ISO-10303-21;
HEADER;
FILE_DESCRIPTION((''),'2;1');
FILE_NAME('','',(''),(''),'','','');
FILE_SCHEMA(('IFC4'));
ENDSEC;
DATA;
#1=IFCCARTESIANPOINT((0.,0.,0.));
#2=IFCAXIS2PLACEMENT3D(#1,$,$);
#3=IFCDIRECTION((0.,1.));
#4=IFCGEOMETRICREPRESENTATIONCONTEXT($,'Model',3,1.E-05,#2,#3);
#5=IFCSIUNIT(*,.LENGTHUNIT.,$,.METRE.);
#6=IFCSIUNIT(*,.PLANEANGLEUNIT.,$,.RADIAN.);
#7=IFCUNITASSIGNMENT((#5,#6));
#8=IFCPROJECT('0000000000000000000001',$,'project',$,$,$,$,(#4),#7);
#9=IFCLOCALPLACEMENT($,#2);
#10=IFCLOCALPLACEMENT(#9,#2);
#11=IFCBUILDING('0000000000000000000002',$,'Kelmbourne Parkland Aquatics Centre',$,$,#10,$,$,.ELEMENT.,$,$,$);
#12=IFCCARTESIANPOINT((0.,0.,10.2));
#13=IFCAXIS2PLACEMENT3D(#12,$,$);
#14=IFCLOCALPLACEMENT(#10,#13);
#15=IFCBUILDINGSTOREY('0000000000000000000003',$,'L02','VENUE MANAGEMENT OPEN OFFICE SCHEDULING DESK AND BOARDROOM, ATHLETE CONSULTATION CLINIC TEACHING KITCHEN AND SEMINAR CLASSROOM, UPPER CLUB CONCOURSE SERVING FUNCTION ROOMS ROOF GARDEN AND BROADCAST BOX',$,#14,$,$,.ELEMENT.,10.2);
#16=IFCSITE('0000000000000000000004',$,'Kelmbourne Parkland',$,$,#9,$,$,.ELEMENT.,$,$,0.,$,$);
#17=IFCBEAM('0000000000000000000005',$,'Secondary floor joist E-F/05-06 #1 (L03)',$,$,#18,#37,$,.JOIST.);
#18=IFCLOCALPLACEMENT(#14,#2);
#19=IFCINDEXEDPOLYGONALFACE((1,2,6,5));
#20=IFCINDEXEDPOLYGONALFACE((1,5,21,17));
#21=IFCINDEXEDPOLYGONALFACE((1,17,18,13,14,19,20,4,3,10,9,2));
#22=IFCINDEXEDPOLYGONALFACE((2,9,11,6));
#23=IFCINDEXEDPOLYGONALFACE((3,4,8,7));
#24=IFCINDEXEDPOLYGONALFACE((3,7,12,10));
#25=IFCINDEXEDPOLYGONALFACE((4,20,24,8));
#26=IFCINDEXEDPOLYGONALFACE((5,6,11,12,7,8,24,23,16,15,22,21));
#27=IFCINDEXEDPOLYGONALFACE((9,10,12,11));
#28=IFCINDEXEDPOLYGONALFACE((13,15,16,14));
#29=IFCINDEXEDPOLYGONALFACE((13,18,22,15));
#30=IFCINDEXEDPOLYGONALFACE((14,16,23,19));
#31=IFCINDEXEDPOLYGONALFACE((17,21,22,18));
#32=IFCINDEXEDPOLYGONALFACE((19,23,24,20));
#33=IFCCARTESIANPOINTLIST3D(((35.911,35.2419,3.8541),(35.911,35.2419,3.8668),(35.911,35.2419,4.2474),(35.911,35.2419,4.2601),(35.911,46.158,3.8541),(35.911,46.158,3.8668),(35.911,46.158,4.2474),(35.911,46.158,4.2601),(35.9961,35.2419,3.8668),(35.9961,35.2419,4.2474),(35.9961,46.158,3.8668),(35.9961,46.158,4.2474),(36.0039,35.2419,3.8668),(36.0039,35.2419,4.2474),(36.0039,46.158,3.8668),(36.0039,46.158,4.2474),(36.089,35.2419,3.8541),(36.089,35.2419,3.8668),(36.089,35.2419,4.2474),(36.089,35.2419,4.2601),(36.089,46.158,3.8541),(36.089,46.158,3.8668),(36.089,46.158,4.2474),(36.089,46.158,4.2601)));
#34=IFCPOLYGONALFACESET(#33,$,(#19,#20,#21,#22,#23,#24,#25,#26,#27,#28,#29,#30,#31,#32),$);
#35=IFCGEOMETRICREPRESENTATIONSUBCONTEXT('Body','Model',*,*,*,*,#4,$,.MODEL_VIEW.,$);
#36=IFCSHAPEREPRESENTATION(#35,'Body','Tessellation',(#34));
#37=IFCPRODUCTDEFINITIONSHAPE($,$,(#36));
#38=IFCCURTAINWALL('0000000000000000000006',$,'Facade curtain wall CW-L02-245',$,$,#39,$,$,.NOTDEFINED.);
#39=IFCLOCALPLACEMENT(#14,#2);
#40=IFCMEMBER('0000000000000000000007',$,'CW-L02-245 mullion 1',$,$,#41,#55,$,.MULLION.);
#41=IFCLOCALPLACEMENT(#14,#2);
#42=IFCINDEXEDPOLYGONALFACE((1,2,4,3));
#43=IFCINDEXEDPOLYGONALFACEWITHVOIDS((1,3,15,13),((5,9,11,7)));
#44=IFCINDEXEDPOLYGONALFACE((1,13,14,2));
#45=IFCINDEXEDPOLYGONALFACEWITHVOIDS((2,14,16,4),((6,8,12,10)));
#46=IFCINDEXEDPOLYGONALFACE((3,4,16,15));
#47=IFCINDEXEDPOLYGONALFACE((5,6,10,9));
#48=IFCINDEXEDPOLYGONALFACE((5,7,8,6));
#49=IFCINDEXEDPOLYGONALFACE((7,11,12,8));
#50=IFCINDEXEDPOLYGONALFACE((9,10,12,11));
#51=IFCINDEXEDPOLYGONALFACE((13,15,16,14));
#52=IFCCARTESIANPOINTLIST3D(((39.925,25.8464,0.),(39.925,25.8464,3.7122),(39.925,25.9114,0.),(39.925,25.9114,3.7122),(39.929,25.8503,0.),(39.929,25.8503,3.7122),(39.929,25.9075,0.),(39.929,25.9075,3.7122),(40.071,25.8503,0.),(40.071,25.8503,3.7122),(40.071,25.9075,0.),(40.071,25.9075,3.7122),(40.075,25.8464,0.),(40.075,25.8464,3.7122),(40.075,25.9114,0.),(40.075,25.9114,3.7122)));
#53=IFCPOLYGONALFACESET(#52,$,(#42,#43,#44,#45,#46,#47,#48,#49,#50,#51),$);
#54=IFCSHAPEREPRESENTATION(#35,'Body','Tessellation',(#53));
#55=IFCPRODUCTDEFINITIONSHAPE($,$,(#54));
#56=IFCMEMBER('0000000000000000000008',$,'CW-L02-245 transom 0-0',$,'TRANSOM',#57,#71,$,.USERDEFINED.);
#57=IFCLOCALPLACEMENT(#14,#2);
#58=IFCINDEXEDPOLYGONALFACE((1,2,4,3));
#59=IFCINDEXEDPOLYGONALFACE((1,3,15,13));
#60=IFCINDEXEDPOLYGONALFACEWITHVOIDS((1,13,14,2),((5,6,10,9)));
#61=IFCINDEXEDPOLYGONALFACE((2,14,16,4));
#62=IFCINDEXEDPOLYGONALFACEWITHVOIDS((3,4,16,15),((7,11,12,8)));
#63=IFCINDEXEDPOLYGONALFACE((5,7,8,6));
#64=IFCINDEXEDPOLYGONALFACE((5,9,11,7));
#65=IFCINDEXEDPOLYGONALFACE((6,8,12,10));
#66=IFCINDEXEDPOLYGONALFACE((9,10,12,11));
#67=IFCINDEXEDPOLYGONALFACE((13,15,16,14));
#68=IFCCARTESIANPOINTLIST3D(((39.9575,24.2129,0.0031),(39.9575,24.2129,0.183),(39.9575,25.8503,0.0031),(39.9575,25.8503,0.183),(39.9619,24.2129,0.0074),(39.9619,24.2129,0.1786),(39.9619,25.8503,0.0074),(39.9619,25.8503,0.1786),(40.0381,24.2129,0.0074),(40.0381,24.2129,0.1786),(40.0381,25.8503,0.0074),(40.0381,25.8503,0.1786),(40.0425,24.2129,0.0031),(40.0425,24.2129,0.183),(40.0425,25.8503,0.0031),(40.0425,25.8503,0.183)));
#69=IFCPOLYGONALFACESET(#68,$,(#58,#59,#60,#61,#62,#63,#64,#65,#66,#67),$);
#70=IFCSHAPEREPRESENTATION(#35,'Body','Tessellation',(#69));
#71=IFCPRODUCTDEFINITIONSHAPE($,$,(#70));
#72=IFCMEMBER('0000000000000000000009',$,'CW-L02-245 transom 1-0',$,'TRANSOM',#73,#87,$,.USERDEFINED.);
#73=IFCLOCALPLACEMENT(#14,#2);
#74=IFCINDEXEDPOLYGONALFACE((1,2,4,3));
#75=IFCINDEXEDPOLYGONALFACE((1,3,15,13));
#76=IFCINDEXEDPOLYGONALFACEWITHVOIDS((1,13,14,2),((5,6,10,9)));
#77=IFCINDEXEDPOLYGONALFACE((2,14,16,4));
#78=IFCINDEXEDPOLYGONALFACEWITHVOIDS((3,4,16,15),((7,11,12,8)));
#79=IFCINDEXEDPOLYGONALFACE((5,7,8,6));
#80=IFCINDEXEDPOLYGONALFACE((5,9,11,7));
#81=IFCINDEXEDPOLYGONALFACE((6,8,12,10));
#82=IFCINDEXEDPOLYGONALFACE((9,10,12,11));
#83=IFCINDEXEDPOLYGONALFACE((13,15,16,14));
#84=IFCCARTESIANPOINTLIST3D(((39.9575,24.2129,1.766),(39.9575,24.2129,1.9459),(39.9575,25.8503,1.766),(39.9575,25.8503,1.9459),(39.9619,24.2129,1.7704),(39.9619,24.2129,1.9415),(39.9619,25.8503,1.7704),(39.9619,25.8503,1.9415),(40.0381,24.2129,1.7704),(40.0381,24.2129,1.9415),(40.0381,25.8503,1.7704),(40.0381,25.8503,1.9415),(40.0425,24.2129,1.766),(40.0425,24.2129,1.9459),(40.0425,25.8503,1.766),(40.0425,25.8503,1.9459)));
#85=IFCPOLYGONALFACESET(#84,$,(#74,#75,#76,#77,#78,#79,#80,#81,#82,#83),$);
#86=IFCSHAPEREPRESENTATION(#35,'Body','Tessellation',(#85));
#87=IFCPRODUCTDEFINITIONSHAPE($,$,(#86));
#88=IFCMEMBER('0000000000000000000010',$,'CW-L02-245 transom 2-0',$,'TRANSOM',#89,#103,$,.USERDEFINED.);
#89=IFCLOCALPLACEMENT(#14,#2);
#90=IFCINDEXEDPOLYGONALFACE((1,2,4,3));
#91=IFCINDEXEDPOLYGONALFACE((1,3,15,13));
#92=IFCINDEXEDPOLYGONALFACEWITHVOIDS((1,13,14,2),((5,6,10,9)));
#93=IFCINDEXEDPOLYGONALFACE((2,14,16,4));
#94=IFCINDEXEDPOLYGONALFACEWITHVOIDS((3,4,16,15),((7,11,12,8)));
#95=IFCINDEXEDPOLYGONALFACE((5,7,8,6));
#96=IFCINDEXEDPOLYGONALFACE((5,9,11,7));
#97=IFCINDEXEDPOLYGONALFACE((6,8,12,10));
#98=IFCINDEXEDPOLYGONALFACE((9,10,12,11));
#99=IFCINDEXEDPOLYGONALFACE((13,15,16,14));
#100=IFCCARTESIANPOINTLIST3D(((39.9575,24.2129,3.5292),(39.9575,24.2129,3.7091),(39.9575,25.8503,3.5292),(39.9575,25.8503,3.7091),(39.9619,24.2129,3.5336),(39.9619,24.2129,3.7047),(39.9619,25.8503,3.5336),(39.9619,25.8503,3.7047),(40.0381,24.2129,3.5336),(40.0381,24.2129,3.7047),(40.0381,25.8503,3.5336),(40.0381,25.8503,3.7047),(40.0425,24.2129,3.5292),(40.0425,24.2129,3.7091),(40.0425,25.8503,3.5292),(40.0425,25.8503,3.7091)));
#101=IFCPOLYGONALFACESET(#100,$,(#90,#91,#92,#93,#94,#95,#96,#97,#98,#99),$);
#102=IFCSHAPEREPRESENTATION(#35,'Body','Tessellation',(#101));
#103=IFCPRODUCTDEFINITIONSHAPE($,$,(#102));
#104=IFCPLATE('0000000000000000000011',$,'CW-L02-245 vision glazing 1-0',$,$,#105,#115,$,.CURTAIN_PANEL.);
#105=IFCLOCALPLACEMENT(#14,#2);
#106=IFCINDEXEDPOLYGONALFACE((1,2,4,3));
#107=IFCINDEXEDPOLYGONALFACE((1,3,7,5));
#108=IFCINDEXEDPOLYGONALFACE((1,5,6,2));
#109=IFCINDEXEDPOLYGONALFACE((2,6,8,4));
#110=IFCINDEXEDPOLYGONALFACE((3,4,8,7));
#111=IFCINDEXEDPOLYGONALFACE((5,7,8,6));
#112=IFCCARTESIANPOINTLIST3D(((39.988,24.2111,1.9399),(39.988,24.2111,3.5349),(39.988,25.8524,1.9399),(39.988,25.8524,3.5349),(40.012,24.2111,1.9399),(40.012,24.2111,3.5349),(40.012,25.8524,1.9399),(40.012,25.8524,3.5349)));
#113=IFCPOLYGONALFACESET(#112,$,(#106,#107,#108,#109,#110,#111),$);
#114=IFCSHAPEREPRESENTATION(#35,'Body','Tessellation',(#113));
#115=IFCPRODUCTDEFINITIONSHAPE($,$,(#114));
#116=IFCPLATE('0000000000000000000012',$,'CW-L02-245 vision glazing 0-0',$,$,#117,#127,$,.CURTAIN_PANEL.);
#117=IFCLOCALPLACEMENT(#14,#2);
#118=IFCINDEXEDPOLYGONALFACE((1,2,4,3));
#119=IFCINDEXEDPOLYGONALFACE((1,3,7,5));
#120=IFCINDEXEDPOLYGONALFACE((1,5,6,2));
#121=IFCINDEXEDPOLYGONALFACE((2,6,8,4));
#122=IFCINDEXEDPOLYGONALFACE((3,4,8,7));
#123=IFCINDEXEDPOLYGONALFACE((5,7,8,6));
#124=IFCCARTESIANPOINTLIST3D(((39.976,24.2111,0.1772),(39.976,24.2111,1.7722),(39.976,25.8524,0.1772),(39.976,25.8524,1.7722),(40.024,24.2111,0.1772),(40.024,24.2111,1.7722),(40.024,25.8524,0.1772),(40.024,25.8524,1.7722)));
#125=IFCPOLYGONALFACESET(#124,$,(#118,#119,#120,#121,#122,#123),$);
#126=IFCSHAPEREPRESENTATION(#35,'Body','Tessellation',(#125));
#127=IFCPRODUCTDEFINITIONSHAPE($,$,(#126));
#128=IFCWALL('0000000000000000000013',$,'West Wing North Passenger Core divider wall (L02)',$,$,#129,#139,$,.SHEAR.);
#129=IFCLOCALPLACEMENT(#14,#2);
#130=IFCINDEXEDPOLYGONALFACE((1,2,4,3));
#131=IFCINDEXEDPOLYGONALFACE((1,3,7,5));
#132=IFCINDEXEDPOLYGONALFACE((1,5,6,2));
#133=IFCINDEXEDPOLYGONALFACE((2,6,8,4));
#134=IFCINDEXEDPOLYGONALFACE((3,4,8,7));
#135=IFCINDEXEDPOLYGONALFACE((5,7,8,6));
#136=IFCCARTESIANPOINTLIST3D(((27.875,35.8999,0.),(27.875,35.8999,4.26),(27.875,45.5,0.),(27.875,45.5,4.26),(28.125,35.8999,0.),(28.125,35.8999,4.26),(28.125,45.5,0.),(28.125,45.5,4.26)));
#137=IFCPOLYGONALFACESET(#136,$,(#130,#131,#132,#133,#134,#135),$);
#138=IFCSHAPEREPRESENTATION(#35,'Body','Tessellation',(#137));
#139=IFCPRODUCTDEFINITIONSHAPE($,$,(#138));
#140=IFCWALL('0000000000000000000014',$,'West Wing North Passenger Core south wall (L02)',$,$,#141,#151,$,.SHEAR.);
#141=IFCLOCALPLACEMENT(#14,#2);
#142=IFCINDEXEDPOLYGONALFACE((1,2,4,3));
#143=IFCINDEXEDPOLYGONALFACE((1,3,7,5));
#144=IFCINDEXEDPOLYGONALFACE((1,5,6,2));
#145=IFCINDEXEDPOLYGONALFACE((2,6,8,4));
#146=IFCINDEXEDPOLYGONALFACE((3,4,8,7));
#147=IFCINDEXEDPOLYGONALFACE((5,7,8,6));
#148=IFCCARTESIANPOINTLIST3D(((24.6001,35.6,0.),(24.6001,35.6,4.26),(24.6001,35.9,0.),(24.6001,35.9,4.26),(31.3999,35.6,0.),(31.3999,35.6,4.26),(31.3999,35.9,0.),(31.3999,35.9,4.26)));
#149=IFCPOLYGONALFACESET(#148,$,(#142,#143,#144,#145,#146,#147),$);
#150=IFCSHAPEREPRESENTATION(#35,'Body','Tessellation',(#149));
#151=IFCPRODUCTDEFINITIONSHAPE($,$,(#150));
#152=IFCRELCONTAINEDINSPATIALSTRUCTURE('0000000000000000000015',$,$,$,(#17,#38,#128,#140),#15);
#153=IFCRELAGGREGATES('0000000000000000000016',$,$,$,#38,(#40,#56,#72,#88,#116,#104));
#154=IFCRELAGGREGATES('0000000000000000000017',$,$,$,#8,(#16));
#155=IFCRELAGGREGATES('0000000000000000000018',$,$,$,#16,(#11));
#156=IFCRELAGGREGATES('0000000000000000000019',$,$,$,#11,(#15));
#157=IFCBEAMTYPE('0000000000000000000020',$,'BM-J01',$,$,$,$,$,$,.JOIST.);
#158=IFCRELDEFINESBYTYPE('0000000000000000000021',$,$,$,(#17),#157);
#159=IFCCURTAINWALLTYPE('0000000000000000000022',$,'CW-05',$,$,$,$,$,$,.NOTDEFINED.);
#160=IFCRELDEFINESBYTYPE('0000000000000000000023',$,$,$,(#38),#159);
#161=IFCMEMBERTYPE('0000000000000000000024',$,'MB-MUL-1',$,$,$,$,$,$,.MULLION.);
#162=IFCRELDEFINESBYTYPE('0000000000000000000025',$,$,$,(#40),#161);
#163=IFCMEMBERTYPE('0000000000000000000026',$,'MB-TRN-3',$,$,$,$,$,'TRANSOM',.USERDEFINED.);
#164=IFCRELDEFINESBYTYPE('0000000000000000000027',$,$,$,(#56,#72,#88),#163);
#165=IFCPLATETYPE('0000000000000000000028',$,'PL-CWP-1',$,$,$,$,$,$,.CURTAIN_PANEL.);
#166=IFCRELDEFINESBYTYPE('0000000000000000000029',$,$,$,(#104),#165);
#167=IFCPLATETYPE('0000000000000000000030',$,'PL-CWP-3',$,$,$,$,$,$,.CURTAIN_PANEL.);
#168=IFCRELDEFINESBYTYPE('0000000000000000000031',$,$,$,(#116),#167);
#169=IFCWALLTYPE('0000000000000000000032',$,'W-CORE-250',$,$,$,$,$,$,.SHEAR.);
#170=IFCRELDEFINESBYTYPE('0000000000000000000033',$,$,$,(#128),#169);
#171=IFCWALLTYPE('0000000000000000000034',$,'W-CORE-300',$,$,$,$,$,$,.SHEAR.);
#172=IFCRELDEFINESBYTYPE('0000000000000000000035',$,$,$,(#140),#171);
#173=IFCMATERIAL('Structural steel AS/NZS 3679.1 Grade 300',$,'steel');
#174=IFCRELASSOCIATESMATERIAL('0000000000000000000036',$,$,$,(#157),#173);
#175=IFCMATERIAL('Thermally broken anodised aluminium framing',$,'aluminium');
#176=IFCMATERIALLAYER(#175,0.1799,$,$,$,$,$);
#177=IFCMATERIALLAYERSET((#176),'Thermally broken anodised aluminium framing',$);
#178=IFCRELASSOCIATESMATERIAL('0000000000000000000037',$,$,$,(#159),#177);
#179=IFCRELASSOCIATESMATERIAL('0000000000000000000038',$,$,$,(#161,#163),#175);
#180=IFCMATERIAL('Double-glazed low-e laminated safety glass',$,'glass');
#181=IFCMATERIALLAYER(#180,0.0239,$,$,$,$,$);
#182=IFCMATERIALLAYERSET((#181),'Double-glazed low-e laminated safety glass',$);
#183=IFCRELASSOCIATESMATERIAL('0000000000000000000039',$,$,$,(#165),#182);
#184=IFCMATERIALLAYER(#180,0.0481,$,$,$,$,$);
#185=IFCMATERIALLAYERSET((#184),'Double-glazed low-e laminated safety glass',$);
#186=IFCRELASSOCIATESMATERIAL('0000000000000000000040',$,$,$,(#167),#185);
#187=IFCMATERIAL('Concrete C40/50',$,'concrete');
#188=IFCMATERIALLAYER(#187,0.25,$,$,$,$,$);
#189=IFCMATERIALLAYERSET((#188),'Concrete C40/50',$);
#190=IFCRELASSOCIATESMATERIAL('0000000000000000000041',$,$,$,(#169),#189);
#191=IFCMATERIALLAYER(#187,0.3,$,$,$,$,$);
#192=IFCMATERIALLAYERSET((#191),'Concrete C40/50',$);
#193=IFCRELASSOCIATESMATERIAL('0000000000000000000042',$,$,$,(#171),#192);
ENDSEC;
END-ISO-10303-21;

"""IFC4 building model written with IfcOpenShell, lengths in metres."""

from ifc_helpers import new_model, si_unit, direction, frame, frame_2d, origin, origin_2d, place, context, subcontext, project, spatial, rectangle, hollow_rectangle, i_section, extrude, material, layer, layer_set, material_profile, profile_set, type_object, element, aggregate, save


model = new_model("IFC4")

# Units and contexts
model_context = context("Model", 3, precision=1e-05, world=origin(), true_north=direction((0.0, 1.0)))
body_context = subcontext(model_context, "Body", "Model", "MODEL_VIEW")
ifc_project = project(units=[si_unit("LENGTHUNIT", "METRE"), si_unit("PLANEANGLEUNIT", "RADIAN")], contexts=[model_context])

# Site, building, storey
site_placement = place(None, origin())
site = spatial("IfcSite", under=ifc_project, at=site_placement, Name="Kelmbourne Parkland", CompositionType="ELEMENT", RefElevation=0.0)
building_placement = place(site_placement, origin())
building = spatial("IfcBuilding", under=site, at=building_placement, Name="Kelmbourne Parkland Aquatics Centre", CompositionType="ELEMENT")
storey_placement = place(building_placement, frame((0.0, 0.0, 10.2)))
storey = spatial("IfcBuildingStorey", under=building, at=storey_placement, Name="L02", Description="VENUE MANAGEMENT OPEN OFFICE SCHEDULING DESK AND BOARDROOM, ATHLETE CONSULTATION CLINIC TEACHING KITCHEN AND SEMINAR CLASSROOM, UPPER CLUB CONCOURSE SERVING FUNCTION ROOMS ROOF GARDEN AND BROADCAST BOX", CompositionType="ELEMENT", Elevation=10.2)

# Shared definitions
ifc_material_1 = material(Name="Concrete C40/50", Category="concrete")

# Beam
ifc_material_2 = material(Name="Structural steel AS/NZS 3679.1 Grade 300", Category="steel")
ifc_material_profile_1 = material_profile(ifc_material_2, i_section(OverallWidth=0.178, OverallDepth=0.406, WebThickness=0.0078, FlangeThickness=0.0127, at=origin_2d()), Name="410UB59.7")
ifc_profile_set_1 = profile_set([ifc_material_profile_1], Name="Structural steel AS/NZS 3679.1 Grade 300")
beam_type_1 = type_object("IfcBeamType", Name="BM-J01", PredefinedType="JOIST", material=ifc_profile_set_1)
for number, where, z_axis, x_axis, name in (
    (1, (36.0, 35.2419, 4.0571), (0.0, 1.0, 0.0), (-1.0, 0.0, 0.0), "Secondary floor joist E-F/05-06 #1 (L03)"),
):
    element("IfcBeam", number, at=place(storey_placement, frame(where, z_axis=z_axis, x_axis=x_axis)), inside=storey, type_object=beam_type_1, Name=name, PredefinedType="JOIST", context=body_context, shape_type="SweptSolid", body=[
        extrude(i_section(OverallWidth=0.178, OverallDepth=0.406, WebThickness=0.0078, FlangeThickness=0.0127, at=origin_2d()), origin(), (0.0, 0.0, 1.0), 10.916),
    ])

# Curtain wall, members, plates
ifc_material_3 = material(Name="Thermally broken anodised aluminium framing", Category="aluminium")
ifc_layer_1 = layer(ifc_material_3, 0.1799)
ifc_layer_set_1 = layer_set([ifc_layer_1], Name="Thermally broken anodised aluminium framing")
curtain_wall_type = type_object("IfcCurtainWallType", Name="CW-05", PredefinedType="NOTDEFINED", material=ifc_layer_set_1)
curtain_wall_placement = place(storey_placement, origin())
curtain_wall = element("IfcCurtainWall", 2, at=curtain_wall_placement, inside=storey, type_object=curtain_wall_type, Name="Facade curtain wall CW-L02-245", PredefinedType="NOTDEFINED")
ifc_material_profile_2 = material_profile(ifc_material_3, hollow_rectangle(XDim=0.0649, YDim=0.1499, WallThickness=0.0039, at=origin_2d()), Name="CW-M 65x150")
ifc_profile_set_2 = profile_set([ifc_material_profile_2], Name="Thermally broken anodised aluminium framing")
member_type_1 = type_object("IfcMemberType", Name="MB-MUL-1", PredefinedType="MULLION", material=ifc_profile_set_2)
member_1_placement = place(storey_placement, frame((40.0, 25.8789, 0.0), z_axis=(0.0, 0.0, 1.0), x_axis=(0.0, 1.0, 0.0)))
member_1 = element("IfcMember", 3, at=member_1_placement, type_object=member_type_1, Name="CW-L02-245 mullion 1", PredefinedType="MULLION", context=body_context, shape_type="SweptSolid", body=[
    extrude(hollow_rectangle(XDim=0.0649, YDim=0.1499, WallThickness=0.0039, at=origin_2d()), origin(), (0.0, 0.0, 1.0), 3.7122),
])
ifc_material_profile_3 = material_profile(ifc_material_3, hollow_rectangle(XDim=0.085, YDim=0.1799, WallThickness=0.0044, at=origin_2d()), Name="CW-T 85x180")
ifc_profile_set_3 = profile_set([ifc_material_profile_3], Name="Thermally broken anodised aluminium framing")
member_type_2 = type_object("IfcMemberType", Name="MB-TRN-3", ElementType="TRANSOM", PredefinedType="USERDEFINED", material=ifc_profile_set_3)
member_2_placement = place(storey_placement, frame((40.0, 24.2129, 0.093), z_axis=(0.0, 1.0, 0.0), x_axis=(-1.0, 0.0, 0.0)))
member_2 = element("IfcMember", 4, at=member_2_placement, type_object=member_type_2, Name="CW-L02-245 transom 0-0", ObjectType="TRANSOM", PredefinedType="USERDEFINED", context=body_context, shape_type="SweptSolid", body=[
    extrude(hollow_rectangle(XDim=0.085, YDim=0.1799, WallThickness=0.0044, at=origin_2d()), origin(), (0.0, 0.0, 1.0), 1.6375),
])
member_3_placement = place(storey_placement, frame((40.0, 24.2129, 1.856), z_axis=(0.0, 1.0, 0.0), x_axis=(-1.0, 0.0, 0.0)))
member_3 = element("IfcMember", 5, at=member_3_placement, type_object=member_type_2, Name="CW-L02-245 transom 1-0", ObjectType="TRANSOM", PredefinedType="USERDEFINED", context=body_context, shape_type="SweptSolid", body=[
    extrude(hollow_rectangle(XDim=0.085, YDim=0.1799, WallThickness=0.0044, at=origin_2d()), origin(), (0.0, 0.0, 1.0), 1.6375),
])
member_4_placement = place(storey_placement, frame((40.0, 24.2129, 3.6191), z_axis=(0.0, 1.0, 0.0), x_axis=(-1.0, 0.0, 0.0)))
member_4 = element("IfcMember", 6, at=member_4_placement, type_object=member_type_2, Name="CW-L02-245 transom 2-0", ObjectType="TRANSOM", PredefinedType="USERDEFINED", context=body_context, shape_type="SweptSolid", body=[
    extrude(hollow_rectangle(XDim=0.085, YDim=0.1799, WallThickness=0.0044, at=origin_2d()), origin(), (0.0, 0.0, 1.0), 1.6375),
])
ifc_material_4 = material(Name="Double-glazed low-e laminated safety glass", Category="glass")
ifc_layer_2 = layer(ifc_material_4, 0.0239)
ifc_layer_set_2 = layer_set([ifc_layer_2], Name="Double-glazed low-e laminated safety glass")
plate_type_1 = type_object("IfcPlateType", Name="PL-CWP-1", PredefinedType="CURTAIN_PANEL", material=ifc_layer_set_2)
plate_1_placement = place(storey_placement, frame((40.0, 25.0317, 1.9399), z_axis=(0.0, 0.0, 1.0), x_axis=(0.0, 1.0, 0.0)))
plate_1 = element("IfcPlate", 7, at=plate_1_placement, type_object=plate_type_1, Name="CW-L02-245 vision glazing 1-0", PredefinedType="CURTAIN_PANEL", context=body_context, shape_type="SweptSolid", body=[
    extrude(rectangle(XDim=1.6414, YDim=0.0239, at=origin_2d()), origin(), (0.0, 0.0, 1.0), 1.595),
])
ifc_layer_3 = layer(ifc_material_4, 0.0481)
ifc_layer_set_3 = layer_set([ifc_layer_3], Name="Double-glazed low-e laminated safety glass")
plate_type_2 = type_object("IfcPlateType", Name="PL-CWP-3", PredefinedType="CURTAIN_PANEL", material=ifc_layer_set_3)
plate_2_placement = place(storey_placement, frame((40.0, 25.0317, 0.1772), z_axis=(0.0, 0.0, 1.0), x_axis=(0.0, 1.0, 0.0)))
plate_2 = element("IfcPlate", 8, at=plate_2_placement, type_object=plate_type_2, Name="CW-L02-245 vision glazing 0-0", PredefinedType="CURTAIN_PANEL", context=body_context, shape_type="SweptSolid", body=[
    extrude(rectangle(XDim=1.6414, YDim=0.0481, at=origin_2d()), origin(), (0.0, 0.0, 1.0), 1.595),
])
aggregate(curtain_wall, [member_1, member_2, member_3, member_4, plate_2, plate_1])

# Walls
ifc_layer_4 = layer(ifc_material_1, 0.25)
ifc_layer_set_4 = layer_set([ifc_layer_4], Name="Concrete C40/50")
wall_type_1 = type_object("IfcWallType", Name="W-CORE-250", PredefinedType="SHEAR", material=ifc_layer_set_4)
wall_1_placement = place(storey_placement, frame((28.0, 35.8999, 0.0), z_axis=(0.0, 0.0, 1.0), x_axis=(0.0, 1.0, 0.0)))
element("IfcWall", 9, at=wall_1_placement, inside=storey, type_object=wall_type_1, Name="West Wing North Passenger Core divider wall (L02)", PredefinedType="SHEAR", context=body_context, shape_type="SweptSolid", body=[
    extrude(rectangle(XDim=9.6001, YDim=0.25, at=frame_2d((4.8, 0.0))), origin(), (0.0, 0.0, 1.0), 4.26),
])
ifc_layer_5 = layer(ifc_material_1, 0.3)
ifc_layer_set_5 = layer_set([ifc_layer_5], Name="Concrete C40/50")
wall_type_2 = type_object("IfcWallType", Name="W-CORE-300", PredefinedType="SHEAR", material=ifc_layer_set_5)
wall_2_placement = place(storey_placement, frame((24.6001, 35.75, 0.0), z_axis=(0.0, 0.0, 1.0), x_axis=(1.0, 0.0, 0.0)))
element("IfcWall", 10, at=wall_2_placement, inside=storey, type_object=wall_type_2, Name="West Wing North Passenger Core south wall (L02)", PredefinedType="SHEAR", context=body_context, shape_type="SweptSolid", body=[
    extrude(rectangle(XDim=6.7998, YDim=0.3, at=frame_2d((3.3999, 0.0))), origin(), (0.0, 0.0, 1.0), 4.26),
])

save(model, "model.ifc")
